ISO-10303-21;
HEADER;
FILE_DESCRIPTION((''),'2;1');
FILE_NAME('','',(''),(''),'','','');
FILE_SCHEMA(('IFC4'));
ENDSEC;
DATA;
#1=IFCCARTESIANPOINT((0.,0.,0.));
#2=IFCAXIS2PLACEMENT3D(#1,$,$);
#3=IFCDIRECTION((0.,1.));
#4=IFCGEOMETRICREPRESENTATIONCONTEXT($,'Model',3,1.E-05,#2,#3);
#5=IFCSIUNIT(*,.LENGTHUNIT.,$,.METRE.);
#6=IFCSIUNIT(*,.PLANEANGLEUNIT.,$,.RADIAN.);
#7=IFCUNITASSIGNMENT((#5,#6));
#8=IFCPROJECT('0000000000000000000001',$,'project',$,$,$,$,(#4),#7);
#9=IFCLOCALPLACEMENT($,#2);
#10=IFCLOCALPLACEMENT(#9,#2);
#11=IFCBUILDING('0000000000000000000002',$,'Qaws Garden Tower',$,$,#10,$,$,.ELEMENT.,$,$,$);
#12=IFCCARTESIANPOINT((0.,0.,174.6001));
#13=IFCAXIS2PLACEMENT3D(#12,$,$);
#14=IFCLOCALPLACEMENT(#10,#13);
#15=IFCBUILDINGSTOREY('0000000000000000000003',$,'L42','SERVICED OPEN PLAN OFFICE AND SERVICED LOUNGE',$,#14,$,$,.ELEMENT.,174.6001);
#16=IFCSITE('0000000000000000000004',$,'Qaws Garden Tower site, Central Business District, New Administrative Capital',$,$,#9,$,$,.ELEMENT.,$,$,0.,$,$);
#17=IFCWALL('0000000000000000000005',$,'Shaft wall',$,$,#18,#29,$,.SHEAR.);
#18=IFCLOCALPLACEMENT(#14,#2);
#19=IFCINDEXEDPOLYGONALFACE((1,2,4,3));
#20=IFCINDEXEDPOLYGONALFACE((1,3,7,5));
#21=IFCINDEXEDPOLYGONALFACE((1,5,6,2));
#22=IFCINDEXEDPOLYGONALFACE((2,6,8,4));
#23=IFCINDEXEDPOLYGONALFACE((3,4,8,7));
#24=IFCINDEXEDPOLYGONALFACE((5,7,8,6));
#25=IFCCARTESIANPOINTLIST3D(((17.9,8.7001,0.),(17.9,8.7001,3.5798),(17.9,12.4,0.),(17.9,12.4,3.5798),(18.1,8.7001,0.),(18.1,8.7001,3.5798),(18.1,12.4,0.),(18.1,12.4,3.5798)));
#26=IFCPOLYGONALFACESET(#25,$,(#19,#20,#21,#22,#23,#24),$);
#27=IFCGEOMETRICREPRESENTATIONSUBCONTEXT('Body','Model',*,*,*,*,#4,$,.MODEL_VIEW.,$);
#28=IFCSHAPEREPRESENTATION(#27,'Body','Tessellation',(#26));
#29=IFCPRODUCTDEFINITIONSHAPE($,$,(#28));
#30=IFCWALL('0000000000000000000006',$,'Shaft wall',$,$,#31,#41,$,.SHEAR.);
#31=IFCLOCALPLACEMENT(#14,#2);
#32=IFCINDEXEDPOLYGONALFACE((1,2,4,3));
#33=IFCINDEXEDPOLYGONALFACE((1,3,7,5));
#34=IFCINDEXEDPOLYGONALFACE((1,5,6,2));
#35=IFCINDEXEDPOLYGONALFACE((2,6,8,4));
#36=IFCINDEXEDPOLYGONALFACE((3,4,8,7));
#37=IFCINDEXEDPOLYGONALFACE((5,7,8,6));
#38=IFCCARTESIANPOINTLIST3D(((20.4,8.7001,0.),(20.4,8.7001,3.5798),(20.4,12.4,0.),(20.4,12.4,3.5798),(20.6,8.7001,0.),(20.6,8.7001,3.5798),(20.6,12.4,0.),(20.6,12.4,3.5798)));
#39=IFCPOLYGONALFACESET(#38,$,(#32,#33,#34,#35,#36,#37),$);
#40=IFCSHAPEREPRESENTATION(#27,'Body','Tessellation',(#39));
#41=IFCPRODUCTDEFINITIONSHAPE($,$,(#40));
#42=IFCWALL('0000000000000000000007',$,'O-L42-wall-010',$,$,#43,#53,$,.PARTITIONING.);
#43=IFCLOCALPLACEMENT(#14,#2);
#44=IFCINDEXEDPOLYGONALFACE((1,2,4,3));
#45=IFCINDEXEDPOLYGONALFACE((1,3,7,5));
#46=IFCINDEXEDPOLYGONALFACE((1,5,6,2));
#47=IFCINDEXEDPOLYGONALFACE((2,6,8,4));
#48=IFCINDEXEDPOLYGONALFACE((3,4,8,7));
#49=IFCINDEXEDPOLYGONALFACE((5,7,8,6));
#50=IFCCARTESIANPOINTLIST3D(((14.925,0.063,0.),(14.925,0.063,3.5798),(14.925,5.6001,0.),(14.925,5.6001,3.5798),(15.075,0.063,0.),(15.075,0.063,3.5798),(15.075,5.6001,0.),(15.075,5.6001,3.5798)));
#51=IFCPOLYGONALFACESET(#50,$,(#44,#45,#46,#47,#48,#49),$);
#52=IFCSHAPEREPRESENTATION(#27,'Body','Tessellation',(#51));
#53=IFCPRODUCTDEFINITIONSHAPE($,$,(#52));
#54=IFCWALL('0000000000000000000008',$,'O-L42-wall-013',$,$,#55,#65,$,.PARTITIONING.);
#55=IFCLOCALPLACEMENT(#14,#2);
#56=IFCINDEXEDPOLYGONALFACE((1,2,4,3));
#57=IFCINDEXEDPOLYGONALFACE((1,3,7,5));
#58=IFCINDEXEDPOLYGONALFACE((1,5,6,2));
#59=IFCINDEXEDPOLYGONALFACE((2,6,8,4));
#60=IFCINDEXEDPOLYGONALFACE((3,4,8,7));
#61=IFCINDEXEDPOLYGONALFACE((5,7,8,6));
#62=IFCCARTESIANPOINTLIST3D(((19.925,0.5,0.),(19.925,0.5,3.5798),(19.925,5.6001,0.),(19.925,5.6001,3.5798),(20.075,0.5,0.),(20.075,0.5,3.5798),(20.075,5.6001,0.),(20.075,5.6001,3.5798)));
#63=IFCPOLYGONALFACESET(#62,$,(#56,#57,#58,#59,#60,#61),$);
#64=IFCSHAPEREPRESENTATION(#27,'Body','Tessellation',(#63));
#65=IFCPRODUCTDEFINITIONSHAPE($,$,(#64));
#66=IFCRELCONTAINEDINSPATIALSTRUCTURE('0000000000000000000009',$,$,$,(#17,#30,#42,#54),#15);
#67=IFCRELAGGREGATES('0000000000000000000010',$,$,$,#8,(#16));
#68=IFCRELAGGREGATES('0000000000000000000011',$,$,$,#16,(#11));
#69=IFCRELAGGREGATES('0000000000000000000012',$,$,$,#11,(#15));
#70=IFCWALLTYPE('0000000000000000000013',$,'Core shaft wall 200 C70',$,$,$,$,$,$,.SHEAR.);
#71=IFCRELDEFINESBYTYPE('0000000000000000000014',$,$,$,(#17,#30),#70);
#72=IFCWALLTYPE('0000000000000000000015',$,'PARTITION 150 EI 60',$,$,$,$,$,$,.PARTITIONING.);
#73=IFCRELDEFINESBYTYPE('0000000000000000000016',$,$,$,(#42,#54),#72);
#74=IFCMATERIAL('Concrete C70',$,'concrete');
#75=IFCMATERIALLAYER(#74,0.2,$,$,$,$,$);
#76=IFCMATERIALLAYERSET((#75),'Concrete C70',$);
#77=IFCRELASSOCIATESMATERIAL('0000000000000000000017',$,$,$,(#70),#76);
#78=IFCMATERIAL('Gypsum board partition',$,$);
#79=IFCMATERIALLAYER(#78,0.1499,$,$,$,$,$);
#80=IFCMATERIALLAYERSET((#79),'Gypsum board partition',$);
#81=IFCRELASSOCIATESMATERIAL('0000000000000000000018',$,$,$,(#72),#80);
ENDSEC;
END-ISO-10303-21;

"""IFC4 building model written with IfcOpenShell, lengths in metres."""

from ifc_helpers import new_model, si_unit, direction, frame, frame_2d, origin, place, context, subcontext, project, spatial, rectangle, extrude, material, layer, layer_set, type_object, element, save


model = new_model("IFC4")

# Units and contexts
model_context = context("Model", 3, precision=1e-05, world=origin(), true_north=direction((0.0, 1.0)))
body_context = subcontext(model_context, "Body", "Model", "MODEL_VIEW")
ifc_project = project(units=[si_unit("LENGTHUNIT", "METRE"), si_unit("PLANEANGLEUNIT", "RADIAN")], contexts=[model_context])

# Site, building, storey
site_placement = place(None, origin())
site = spatial("IfcSite", under=ifc_project, at=site_placement, Name="Qaws Garden Tower site, Central Business District, New Administrative Capital", CompositionType="ELEMENT", RefElevation=0.0)
building_placement = place(site_placement, origin())
building = spatial("IfcBuilding", under=site, at=building_placement, Name="Qaws Garden Tower", CompositionType="ELEMENT")
storey_placement = place(building_placement, frame((0.0, 0.0, 174.6001)))
storey = spatial("IfcBuildingStorey", under=building, at=storey_placement, Name="L42", Description="SERVICED OPEN PLAN OFFICE AND SERVICED LOUNGE", CompositionType="ELEMENT", Elevation=174.6001)

# Shared definitions
ifc_material_1 = material(Name="Concrete C70", Category="concrete")
ifc_layer_1 = layer(ifc_material_1, 0.2)
ifc_layer_set_1 = layer_set([ifc_layer_1], Name="Concrete C70")
wall_type_1 = type_object("IfcWallType", Name="Core shaft wall 200 C70", PredefinedType="SHEAR", material=ifc_layer_set_1)

# Walls
for number, where, z_axis, x_axis, name in (
    (1, (18.0, 8.7, 0.0), (0.0, 0.0, 1.0), (0.0, 1.0, 0.0), "Shaft wall"),
    (2, (20.5, 8.7, 0.0), (0.0, 0.0, 1.0), (0.0, 1.0, 0.0), "Shaft wall"),
):
    element("IfcWall", number, at=place(storey_placement, frame(where, z_axis=z_axis, x_axis=x_axis)), inside=storey, type_object=wall_type_1, Name=name, PredefinedType="SHEAR", context=body_context, shape_type="SweptSolid", body=[
        extrude(rectangle(XDim=3.7, YDim=0.2, at=frame_2d((1.8501, 0.0))), origin(), (0.0, 0.0, 1.0), 3.5798),
    ])
ifc_material_2 = material(Name="Gypsum board partition")
ifc_layer_2 = layer(ifc_material_2, 0.1499)
ifc_layer_set_2 = layer_set([ifc_layer_2], Name="Gypsum board partition")
wall_type_2 = type_object("IfcWallType", Name="PARTITION 150 EI 60", PredefinedType="PARTITIONING", material=ifc_layer_set_2)
wall_1_placement = place(storey_placement, frame((15.0, 0.063, 0.0), z_axis=(0.0, 0.0, 1.0), x_axis=(0.0, 1.0, 0.0)))
element("IfcWall", 3, at=wall_1_placement, inside=storey, type_object=wall_type_2, Name="O-L42-wall-010", PredefinedType="PARTITIONING", context=body_context, shape_type="SweptSolid", body=[
    extrude(rectangle(XDim=5.5371, YDim=0.1499, at=frame_2d((2.7686, 0.0))), origin(), (0.0, 0.0, 1.0), 3.5798),
])
wall_2_placement = place(storey_placement, frame((20.0, 0.5, 0.0), z_axis=(0.0, 0.0, 1.0), x_axis=(0.0, 1.0, 0.0)))
element("IfcWall", 4, at=wall_2_placement, inside=storey, type_object=wall_type_2, Name="O-L42-wall-013", PredefinedType="PARTITIONING", context=body_context, shape_type="SweptSolid", body=[
    extrude(rectangle(XDim=5.1001, YDim=0.1499, at=frame_2d((2.55, 0.0))), origin(), (0.0, 0.0, 1.0), 3.5798),
])

save(model, "model.ifc")
